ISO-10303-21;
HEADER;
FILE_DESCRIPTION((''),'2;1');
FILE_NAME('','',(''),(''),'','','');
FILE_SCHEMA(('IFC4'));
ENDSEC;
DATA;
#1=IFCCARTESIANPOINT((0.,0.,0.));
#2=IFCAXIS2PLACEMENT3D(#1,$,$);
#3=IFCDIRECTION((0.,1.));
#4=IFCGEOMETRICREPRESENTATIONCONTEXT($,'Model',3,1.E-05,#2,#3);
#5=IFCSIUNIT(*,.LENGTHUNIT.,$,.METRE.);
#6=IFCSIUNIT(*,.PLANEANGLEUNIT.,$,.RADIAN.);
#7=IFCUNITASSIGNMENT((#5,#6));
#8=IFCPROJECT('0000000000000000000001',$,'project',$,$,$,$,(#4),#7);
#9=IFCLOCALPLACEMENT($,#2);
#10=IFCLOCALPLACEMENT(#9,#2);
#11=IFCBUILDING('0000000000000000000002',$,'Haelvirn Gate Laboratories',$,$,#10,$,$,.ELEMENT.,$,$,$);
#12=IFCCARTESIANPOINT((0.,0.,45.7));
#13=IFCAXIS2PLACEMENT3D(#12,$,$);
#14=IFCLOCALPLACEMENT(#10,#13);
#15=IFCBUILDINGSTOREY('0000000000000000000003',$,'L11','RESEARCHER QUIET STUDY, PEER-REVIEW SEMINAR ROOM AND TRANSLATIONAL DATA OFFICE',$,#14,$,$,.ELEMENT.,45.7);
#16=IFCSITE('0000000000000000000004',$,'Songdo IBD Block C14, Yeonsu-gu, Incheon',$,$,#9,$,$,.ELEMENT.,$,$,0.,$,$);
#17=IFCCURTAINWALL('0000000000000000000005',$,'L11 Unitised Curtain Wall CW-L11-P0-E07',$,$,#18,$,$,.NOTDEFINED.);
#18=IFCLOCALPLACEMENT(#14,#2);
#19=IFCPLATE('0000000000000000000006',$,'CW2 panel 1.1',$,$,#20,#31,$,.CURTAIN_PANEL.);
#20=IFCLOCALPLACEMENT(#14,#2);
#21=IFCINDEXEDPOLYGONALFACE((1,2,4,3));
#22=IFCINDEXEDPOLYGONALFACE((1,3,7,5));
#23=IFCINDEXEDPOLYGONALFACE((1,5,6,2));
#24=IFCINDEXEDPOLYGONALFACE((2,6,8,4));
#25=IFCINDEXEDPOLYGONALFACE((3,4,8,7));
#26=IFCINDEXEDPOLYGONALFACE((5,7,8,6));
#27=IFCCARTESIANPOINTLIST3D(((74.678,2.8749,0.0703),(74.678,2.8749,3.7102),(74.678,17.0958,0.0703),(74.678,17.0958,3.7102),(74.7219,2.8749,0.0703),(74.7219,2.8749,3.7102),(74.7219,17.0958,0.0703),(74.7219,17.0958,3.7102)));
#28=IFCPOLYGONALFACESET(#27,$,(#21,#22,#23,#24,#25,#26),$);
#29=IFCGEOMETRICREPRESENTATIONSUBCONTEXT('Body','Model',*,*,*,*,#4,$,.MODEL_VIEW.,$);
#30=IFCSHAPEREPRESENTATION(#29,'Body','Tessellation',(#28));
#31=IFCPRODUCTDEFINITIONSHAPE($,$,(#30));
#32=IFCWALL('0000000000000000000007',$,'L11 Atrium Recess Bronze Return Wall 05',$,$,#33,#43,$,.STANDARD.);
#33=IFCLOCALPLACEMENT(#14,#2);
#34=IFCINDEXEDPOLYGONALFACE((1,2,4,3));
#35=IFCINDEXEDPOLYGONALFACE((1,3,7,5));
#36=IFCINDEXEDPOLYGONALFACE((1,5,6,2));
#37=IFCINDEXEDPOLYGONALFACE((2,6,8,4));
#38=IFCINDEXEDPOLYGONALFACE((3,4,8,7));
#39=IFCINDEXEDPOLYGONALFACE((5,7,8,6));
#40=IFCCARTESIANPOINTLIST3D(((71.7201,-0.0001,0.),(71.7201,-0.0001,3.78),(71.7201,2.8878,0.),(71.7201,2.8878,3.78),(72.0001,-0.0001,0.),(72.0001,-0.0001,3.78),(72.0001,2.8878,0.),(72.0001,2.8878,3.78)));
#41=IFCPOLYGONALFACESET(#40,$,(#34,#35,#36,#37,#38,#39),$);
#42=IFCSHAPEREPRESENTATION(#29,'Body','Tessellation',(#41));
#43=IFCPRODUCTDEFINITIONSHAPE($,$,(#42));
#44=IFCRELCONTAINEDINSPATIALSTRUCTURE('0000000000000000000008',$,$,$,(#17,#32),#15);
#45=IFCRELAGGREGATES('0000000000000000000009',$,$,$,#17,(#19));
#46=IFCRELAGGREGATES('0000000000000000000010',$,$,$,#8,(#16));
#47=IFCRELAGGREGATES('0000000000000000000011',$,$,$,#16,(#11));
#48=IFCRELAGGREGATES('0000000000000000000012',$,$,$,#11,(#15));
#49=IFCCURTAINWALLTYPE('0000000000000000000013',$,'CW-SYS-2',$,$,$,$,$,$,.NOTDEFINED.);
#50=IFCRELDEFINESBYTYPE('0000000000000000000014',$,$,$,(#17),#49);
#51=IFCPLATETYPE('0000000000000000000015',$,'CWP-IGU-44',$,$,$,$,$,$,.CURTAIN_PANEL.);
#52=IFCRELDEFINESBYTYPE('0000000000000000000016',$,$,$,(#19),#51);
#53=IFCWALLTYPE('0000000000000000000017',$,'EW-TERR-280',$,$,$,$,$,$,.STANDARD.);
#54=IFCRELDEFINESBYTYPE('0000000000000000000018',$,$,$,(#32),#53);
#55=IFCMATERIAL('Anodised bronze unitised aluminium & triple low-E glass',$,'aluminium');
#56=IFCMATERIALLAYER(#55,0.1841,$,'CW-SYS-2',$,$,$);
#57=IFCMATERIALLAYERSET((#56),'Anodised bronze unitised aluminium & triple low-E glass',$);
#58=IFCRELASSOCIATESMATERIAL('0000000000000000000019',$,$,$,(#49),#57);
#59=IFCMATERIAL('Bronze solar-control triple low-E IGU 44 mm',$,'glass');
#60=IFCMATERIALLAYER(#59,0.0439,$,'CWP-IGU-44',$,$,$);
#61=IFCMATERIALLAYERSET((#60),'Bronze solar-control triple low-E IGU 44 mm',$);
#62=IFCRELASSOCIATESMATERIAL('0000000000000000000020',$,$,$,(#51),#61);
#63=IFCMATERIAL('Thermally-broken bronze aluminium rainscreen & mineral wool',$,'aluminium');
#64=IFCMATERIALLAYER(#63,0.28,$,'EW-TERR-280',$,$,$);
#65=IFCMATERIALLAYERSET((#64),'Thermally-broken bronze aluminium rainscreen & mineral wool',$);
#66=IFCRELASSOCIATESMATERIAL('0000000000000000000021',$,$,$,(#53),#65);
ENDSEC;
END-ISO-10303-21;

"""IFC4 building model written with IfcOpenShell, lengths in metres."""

from ifc_helpers import new_model, si_unit, direction, frame, frame_2d, origin, origin_2d, place, context, subcontext, project, spatial, rectangle, extrude, source, transform, mapped, material, layer, layer_set, type_object, element, aggregate, save


model = new_model("IFC4")

# Units and contexts
model_context = context("Model", 3, precision=1e-05, world=origin(), true_north=direction((0.0, 1.0)))
body_context = subcontext(model_context, "Body", "Model", "MODEL_VIEW")
ifc_project = project(units=[si_unit("LENGTHUNIT", "METRE"), si_unit("PLANEANGLEUNIT", "RADIAN")], contexts=[model_context])

# Site, building, storey
site_placement = place(None, origin())
site = spatial("IfcSite", under=ifc_project, at=site_placement, Name="Songdo IBD Block C14, Yeonsu-gu, Incheon", CompositionType="ELEMENT", RefElevation=0.0)
building_placement = place(site_placement, origin())
building = spatial("IfcBuilding", under=site, at=building_placement, Name="Haelvirn Gate Laboratories", CompositionType="ELEMENT")
storey_placement = place(building_placement, frame((0.0, 0.0, 45.7)))
storey = spatial("IfcBuildingStorey", under=building, at=storey_placement, Name="L11", Description="RESEARCHER QUIET STUDY, PEER-REVIEW SEMINAR ROOM AND TRANSLATIONAL DATA OFFICE", CompositionType="ELEMENT", Elevation=45.7)

# Shared definitions
ifc_material_1 = material(Name="Anodised bronze unitised aluminium & triple low-E glass", Category="aluminium")
ifc_layer_1 = layer(ifc_material_1, 0.1841, Name="CW-SYS-2")
ifc_layer_set_1 = layer_set([ifc_layer_1], Name="Anodised bronze unitised aluminium & triple low-E glass")
curtain_wall_type_1 = type_object("IfcCurtainWallType", Name="CW-SYS-2", PredefinedType="NOTDEFINED", material=ifc_layer_set_1)

# Curtain wall
curtain_wall_1_placement = place(storey_placement, origin())
curtain_wall_1 = element("IfcCurtainWall", 1, at=curtain_wall_1_placement, inside=storey, type_object=curtain_wall_type_1, Name="L11 Unitised Curtain Wall CW-L11-P0-E07", PredefinedType="NOTDEFINED")

# Plate
ifc_material_2 = material(Name="Bronze solar-control triple low-E IGU 44 mm", Category="glass")
ifc_layer_2 = layer(ifc_material_2, 0.0439, Name="CWP-IGU-44")
ifc_layer_set_2 = layer_set([ifc_layer_2], Name="Bronze solar-control triple low-E IGU 44 mm")
plate_type_1 = type_object("IfcPlateType", Name="CWP-IGU-44", PredefinedType="CURTAIN_PANEL", material=ifc_layer_set_2)
shared_shape_1 = source(origin(), body_context, "Body", "SweptSolid", [
    extrude(rectangle(XDim=14.2209, YDim=0.0439, at=origin_2d()), origin(), (0.0, 0.0, 1.0), 3.6399),
])
plate_1_placement = place(storey_placement, frame((74.7, 9.9854, 0.0703), z_axis=(0.0, 0.0, 1.0), x_axis=(0.0, 1.0, 0.0)))
plate_1 = element("IfcPlate", 2, at=plate_1_placement, type_object=plate_type_1, Name="CW2 panel 1.1", PredefinedType="CURTAIN_PANEL", context=body_context, shape_type="MappedRepresentation", body=[
    mapped(shared_shape_1, transform((0.0, 0.0, 0.0), scale=1.0)),
])
aggregate(curtain_wall_1, [plate_1])

# Wall
ifc_material_3 = material(Name="Thermally-broken bronze aluminium rainscreen & mineral wool", Category="aluminium")
ifc_layer_3 = layer(ifc_material_3, 0.28, Name="EW-TERR-280")
ifc_layer_set_3 = layer_set([ifc_layer_3], Name="Thermally-broken bronze aluminium rainscreen & mineral wool")
wall_type = type_object("IfcWallType", Name="EW-TERR-280", PredefinedType="STANDARD", material=ifc_layer_set_3)
wall_placement = place(storey_placement, frame((71.8601, 0.0, 0.0), z_axis=(0.0, 0.0, 1.0), x_axis=(0.0, 1.0, 0.0)))
element("IfcWall", 3, at=wall_placement, inside=storey, type_object=wall_type, Name="L11 Atrium Recess Bronze Return Wall 05", PredefinedType="STANDARD", context=body_context, shape_type="SweptSolid", body=[
    extrude(rectangle(XDim=2.8879, YDim=0.28, at=frame_2d((1.4438, 0.0))), origin(), (0.0, 0.0, 1.0), 3.78),
])

save(model, "model.ifc")
